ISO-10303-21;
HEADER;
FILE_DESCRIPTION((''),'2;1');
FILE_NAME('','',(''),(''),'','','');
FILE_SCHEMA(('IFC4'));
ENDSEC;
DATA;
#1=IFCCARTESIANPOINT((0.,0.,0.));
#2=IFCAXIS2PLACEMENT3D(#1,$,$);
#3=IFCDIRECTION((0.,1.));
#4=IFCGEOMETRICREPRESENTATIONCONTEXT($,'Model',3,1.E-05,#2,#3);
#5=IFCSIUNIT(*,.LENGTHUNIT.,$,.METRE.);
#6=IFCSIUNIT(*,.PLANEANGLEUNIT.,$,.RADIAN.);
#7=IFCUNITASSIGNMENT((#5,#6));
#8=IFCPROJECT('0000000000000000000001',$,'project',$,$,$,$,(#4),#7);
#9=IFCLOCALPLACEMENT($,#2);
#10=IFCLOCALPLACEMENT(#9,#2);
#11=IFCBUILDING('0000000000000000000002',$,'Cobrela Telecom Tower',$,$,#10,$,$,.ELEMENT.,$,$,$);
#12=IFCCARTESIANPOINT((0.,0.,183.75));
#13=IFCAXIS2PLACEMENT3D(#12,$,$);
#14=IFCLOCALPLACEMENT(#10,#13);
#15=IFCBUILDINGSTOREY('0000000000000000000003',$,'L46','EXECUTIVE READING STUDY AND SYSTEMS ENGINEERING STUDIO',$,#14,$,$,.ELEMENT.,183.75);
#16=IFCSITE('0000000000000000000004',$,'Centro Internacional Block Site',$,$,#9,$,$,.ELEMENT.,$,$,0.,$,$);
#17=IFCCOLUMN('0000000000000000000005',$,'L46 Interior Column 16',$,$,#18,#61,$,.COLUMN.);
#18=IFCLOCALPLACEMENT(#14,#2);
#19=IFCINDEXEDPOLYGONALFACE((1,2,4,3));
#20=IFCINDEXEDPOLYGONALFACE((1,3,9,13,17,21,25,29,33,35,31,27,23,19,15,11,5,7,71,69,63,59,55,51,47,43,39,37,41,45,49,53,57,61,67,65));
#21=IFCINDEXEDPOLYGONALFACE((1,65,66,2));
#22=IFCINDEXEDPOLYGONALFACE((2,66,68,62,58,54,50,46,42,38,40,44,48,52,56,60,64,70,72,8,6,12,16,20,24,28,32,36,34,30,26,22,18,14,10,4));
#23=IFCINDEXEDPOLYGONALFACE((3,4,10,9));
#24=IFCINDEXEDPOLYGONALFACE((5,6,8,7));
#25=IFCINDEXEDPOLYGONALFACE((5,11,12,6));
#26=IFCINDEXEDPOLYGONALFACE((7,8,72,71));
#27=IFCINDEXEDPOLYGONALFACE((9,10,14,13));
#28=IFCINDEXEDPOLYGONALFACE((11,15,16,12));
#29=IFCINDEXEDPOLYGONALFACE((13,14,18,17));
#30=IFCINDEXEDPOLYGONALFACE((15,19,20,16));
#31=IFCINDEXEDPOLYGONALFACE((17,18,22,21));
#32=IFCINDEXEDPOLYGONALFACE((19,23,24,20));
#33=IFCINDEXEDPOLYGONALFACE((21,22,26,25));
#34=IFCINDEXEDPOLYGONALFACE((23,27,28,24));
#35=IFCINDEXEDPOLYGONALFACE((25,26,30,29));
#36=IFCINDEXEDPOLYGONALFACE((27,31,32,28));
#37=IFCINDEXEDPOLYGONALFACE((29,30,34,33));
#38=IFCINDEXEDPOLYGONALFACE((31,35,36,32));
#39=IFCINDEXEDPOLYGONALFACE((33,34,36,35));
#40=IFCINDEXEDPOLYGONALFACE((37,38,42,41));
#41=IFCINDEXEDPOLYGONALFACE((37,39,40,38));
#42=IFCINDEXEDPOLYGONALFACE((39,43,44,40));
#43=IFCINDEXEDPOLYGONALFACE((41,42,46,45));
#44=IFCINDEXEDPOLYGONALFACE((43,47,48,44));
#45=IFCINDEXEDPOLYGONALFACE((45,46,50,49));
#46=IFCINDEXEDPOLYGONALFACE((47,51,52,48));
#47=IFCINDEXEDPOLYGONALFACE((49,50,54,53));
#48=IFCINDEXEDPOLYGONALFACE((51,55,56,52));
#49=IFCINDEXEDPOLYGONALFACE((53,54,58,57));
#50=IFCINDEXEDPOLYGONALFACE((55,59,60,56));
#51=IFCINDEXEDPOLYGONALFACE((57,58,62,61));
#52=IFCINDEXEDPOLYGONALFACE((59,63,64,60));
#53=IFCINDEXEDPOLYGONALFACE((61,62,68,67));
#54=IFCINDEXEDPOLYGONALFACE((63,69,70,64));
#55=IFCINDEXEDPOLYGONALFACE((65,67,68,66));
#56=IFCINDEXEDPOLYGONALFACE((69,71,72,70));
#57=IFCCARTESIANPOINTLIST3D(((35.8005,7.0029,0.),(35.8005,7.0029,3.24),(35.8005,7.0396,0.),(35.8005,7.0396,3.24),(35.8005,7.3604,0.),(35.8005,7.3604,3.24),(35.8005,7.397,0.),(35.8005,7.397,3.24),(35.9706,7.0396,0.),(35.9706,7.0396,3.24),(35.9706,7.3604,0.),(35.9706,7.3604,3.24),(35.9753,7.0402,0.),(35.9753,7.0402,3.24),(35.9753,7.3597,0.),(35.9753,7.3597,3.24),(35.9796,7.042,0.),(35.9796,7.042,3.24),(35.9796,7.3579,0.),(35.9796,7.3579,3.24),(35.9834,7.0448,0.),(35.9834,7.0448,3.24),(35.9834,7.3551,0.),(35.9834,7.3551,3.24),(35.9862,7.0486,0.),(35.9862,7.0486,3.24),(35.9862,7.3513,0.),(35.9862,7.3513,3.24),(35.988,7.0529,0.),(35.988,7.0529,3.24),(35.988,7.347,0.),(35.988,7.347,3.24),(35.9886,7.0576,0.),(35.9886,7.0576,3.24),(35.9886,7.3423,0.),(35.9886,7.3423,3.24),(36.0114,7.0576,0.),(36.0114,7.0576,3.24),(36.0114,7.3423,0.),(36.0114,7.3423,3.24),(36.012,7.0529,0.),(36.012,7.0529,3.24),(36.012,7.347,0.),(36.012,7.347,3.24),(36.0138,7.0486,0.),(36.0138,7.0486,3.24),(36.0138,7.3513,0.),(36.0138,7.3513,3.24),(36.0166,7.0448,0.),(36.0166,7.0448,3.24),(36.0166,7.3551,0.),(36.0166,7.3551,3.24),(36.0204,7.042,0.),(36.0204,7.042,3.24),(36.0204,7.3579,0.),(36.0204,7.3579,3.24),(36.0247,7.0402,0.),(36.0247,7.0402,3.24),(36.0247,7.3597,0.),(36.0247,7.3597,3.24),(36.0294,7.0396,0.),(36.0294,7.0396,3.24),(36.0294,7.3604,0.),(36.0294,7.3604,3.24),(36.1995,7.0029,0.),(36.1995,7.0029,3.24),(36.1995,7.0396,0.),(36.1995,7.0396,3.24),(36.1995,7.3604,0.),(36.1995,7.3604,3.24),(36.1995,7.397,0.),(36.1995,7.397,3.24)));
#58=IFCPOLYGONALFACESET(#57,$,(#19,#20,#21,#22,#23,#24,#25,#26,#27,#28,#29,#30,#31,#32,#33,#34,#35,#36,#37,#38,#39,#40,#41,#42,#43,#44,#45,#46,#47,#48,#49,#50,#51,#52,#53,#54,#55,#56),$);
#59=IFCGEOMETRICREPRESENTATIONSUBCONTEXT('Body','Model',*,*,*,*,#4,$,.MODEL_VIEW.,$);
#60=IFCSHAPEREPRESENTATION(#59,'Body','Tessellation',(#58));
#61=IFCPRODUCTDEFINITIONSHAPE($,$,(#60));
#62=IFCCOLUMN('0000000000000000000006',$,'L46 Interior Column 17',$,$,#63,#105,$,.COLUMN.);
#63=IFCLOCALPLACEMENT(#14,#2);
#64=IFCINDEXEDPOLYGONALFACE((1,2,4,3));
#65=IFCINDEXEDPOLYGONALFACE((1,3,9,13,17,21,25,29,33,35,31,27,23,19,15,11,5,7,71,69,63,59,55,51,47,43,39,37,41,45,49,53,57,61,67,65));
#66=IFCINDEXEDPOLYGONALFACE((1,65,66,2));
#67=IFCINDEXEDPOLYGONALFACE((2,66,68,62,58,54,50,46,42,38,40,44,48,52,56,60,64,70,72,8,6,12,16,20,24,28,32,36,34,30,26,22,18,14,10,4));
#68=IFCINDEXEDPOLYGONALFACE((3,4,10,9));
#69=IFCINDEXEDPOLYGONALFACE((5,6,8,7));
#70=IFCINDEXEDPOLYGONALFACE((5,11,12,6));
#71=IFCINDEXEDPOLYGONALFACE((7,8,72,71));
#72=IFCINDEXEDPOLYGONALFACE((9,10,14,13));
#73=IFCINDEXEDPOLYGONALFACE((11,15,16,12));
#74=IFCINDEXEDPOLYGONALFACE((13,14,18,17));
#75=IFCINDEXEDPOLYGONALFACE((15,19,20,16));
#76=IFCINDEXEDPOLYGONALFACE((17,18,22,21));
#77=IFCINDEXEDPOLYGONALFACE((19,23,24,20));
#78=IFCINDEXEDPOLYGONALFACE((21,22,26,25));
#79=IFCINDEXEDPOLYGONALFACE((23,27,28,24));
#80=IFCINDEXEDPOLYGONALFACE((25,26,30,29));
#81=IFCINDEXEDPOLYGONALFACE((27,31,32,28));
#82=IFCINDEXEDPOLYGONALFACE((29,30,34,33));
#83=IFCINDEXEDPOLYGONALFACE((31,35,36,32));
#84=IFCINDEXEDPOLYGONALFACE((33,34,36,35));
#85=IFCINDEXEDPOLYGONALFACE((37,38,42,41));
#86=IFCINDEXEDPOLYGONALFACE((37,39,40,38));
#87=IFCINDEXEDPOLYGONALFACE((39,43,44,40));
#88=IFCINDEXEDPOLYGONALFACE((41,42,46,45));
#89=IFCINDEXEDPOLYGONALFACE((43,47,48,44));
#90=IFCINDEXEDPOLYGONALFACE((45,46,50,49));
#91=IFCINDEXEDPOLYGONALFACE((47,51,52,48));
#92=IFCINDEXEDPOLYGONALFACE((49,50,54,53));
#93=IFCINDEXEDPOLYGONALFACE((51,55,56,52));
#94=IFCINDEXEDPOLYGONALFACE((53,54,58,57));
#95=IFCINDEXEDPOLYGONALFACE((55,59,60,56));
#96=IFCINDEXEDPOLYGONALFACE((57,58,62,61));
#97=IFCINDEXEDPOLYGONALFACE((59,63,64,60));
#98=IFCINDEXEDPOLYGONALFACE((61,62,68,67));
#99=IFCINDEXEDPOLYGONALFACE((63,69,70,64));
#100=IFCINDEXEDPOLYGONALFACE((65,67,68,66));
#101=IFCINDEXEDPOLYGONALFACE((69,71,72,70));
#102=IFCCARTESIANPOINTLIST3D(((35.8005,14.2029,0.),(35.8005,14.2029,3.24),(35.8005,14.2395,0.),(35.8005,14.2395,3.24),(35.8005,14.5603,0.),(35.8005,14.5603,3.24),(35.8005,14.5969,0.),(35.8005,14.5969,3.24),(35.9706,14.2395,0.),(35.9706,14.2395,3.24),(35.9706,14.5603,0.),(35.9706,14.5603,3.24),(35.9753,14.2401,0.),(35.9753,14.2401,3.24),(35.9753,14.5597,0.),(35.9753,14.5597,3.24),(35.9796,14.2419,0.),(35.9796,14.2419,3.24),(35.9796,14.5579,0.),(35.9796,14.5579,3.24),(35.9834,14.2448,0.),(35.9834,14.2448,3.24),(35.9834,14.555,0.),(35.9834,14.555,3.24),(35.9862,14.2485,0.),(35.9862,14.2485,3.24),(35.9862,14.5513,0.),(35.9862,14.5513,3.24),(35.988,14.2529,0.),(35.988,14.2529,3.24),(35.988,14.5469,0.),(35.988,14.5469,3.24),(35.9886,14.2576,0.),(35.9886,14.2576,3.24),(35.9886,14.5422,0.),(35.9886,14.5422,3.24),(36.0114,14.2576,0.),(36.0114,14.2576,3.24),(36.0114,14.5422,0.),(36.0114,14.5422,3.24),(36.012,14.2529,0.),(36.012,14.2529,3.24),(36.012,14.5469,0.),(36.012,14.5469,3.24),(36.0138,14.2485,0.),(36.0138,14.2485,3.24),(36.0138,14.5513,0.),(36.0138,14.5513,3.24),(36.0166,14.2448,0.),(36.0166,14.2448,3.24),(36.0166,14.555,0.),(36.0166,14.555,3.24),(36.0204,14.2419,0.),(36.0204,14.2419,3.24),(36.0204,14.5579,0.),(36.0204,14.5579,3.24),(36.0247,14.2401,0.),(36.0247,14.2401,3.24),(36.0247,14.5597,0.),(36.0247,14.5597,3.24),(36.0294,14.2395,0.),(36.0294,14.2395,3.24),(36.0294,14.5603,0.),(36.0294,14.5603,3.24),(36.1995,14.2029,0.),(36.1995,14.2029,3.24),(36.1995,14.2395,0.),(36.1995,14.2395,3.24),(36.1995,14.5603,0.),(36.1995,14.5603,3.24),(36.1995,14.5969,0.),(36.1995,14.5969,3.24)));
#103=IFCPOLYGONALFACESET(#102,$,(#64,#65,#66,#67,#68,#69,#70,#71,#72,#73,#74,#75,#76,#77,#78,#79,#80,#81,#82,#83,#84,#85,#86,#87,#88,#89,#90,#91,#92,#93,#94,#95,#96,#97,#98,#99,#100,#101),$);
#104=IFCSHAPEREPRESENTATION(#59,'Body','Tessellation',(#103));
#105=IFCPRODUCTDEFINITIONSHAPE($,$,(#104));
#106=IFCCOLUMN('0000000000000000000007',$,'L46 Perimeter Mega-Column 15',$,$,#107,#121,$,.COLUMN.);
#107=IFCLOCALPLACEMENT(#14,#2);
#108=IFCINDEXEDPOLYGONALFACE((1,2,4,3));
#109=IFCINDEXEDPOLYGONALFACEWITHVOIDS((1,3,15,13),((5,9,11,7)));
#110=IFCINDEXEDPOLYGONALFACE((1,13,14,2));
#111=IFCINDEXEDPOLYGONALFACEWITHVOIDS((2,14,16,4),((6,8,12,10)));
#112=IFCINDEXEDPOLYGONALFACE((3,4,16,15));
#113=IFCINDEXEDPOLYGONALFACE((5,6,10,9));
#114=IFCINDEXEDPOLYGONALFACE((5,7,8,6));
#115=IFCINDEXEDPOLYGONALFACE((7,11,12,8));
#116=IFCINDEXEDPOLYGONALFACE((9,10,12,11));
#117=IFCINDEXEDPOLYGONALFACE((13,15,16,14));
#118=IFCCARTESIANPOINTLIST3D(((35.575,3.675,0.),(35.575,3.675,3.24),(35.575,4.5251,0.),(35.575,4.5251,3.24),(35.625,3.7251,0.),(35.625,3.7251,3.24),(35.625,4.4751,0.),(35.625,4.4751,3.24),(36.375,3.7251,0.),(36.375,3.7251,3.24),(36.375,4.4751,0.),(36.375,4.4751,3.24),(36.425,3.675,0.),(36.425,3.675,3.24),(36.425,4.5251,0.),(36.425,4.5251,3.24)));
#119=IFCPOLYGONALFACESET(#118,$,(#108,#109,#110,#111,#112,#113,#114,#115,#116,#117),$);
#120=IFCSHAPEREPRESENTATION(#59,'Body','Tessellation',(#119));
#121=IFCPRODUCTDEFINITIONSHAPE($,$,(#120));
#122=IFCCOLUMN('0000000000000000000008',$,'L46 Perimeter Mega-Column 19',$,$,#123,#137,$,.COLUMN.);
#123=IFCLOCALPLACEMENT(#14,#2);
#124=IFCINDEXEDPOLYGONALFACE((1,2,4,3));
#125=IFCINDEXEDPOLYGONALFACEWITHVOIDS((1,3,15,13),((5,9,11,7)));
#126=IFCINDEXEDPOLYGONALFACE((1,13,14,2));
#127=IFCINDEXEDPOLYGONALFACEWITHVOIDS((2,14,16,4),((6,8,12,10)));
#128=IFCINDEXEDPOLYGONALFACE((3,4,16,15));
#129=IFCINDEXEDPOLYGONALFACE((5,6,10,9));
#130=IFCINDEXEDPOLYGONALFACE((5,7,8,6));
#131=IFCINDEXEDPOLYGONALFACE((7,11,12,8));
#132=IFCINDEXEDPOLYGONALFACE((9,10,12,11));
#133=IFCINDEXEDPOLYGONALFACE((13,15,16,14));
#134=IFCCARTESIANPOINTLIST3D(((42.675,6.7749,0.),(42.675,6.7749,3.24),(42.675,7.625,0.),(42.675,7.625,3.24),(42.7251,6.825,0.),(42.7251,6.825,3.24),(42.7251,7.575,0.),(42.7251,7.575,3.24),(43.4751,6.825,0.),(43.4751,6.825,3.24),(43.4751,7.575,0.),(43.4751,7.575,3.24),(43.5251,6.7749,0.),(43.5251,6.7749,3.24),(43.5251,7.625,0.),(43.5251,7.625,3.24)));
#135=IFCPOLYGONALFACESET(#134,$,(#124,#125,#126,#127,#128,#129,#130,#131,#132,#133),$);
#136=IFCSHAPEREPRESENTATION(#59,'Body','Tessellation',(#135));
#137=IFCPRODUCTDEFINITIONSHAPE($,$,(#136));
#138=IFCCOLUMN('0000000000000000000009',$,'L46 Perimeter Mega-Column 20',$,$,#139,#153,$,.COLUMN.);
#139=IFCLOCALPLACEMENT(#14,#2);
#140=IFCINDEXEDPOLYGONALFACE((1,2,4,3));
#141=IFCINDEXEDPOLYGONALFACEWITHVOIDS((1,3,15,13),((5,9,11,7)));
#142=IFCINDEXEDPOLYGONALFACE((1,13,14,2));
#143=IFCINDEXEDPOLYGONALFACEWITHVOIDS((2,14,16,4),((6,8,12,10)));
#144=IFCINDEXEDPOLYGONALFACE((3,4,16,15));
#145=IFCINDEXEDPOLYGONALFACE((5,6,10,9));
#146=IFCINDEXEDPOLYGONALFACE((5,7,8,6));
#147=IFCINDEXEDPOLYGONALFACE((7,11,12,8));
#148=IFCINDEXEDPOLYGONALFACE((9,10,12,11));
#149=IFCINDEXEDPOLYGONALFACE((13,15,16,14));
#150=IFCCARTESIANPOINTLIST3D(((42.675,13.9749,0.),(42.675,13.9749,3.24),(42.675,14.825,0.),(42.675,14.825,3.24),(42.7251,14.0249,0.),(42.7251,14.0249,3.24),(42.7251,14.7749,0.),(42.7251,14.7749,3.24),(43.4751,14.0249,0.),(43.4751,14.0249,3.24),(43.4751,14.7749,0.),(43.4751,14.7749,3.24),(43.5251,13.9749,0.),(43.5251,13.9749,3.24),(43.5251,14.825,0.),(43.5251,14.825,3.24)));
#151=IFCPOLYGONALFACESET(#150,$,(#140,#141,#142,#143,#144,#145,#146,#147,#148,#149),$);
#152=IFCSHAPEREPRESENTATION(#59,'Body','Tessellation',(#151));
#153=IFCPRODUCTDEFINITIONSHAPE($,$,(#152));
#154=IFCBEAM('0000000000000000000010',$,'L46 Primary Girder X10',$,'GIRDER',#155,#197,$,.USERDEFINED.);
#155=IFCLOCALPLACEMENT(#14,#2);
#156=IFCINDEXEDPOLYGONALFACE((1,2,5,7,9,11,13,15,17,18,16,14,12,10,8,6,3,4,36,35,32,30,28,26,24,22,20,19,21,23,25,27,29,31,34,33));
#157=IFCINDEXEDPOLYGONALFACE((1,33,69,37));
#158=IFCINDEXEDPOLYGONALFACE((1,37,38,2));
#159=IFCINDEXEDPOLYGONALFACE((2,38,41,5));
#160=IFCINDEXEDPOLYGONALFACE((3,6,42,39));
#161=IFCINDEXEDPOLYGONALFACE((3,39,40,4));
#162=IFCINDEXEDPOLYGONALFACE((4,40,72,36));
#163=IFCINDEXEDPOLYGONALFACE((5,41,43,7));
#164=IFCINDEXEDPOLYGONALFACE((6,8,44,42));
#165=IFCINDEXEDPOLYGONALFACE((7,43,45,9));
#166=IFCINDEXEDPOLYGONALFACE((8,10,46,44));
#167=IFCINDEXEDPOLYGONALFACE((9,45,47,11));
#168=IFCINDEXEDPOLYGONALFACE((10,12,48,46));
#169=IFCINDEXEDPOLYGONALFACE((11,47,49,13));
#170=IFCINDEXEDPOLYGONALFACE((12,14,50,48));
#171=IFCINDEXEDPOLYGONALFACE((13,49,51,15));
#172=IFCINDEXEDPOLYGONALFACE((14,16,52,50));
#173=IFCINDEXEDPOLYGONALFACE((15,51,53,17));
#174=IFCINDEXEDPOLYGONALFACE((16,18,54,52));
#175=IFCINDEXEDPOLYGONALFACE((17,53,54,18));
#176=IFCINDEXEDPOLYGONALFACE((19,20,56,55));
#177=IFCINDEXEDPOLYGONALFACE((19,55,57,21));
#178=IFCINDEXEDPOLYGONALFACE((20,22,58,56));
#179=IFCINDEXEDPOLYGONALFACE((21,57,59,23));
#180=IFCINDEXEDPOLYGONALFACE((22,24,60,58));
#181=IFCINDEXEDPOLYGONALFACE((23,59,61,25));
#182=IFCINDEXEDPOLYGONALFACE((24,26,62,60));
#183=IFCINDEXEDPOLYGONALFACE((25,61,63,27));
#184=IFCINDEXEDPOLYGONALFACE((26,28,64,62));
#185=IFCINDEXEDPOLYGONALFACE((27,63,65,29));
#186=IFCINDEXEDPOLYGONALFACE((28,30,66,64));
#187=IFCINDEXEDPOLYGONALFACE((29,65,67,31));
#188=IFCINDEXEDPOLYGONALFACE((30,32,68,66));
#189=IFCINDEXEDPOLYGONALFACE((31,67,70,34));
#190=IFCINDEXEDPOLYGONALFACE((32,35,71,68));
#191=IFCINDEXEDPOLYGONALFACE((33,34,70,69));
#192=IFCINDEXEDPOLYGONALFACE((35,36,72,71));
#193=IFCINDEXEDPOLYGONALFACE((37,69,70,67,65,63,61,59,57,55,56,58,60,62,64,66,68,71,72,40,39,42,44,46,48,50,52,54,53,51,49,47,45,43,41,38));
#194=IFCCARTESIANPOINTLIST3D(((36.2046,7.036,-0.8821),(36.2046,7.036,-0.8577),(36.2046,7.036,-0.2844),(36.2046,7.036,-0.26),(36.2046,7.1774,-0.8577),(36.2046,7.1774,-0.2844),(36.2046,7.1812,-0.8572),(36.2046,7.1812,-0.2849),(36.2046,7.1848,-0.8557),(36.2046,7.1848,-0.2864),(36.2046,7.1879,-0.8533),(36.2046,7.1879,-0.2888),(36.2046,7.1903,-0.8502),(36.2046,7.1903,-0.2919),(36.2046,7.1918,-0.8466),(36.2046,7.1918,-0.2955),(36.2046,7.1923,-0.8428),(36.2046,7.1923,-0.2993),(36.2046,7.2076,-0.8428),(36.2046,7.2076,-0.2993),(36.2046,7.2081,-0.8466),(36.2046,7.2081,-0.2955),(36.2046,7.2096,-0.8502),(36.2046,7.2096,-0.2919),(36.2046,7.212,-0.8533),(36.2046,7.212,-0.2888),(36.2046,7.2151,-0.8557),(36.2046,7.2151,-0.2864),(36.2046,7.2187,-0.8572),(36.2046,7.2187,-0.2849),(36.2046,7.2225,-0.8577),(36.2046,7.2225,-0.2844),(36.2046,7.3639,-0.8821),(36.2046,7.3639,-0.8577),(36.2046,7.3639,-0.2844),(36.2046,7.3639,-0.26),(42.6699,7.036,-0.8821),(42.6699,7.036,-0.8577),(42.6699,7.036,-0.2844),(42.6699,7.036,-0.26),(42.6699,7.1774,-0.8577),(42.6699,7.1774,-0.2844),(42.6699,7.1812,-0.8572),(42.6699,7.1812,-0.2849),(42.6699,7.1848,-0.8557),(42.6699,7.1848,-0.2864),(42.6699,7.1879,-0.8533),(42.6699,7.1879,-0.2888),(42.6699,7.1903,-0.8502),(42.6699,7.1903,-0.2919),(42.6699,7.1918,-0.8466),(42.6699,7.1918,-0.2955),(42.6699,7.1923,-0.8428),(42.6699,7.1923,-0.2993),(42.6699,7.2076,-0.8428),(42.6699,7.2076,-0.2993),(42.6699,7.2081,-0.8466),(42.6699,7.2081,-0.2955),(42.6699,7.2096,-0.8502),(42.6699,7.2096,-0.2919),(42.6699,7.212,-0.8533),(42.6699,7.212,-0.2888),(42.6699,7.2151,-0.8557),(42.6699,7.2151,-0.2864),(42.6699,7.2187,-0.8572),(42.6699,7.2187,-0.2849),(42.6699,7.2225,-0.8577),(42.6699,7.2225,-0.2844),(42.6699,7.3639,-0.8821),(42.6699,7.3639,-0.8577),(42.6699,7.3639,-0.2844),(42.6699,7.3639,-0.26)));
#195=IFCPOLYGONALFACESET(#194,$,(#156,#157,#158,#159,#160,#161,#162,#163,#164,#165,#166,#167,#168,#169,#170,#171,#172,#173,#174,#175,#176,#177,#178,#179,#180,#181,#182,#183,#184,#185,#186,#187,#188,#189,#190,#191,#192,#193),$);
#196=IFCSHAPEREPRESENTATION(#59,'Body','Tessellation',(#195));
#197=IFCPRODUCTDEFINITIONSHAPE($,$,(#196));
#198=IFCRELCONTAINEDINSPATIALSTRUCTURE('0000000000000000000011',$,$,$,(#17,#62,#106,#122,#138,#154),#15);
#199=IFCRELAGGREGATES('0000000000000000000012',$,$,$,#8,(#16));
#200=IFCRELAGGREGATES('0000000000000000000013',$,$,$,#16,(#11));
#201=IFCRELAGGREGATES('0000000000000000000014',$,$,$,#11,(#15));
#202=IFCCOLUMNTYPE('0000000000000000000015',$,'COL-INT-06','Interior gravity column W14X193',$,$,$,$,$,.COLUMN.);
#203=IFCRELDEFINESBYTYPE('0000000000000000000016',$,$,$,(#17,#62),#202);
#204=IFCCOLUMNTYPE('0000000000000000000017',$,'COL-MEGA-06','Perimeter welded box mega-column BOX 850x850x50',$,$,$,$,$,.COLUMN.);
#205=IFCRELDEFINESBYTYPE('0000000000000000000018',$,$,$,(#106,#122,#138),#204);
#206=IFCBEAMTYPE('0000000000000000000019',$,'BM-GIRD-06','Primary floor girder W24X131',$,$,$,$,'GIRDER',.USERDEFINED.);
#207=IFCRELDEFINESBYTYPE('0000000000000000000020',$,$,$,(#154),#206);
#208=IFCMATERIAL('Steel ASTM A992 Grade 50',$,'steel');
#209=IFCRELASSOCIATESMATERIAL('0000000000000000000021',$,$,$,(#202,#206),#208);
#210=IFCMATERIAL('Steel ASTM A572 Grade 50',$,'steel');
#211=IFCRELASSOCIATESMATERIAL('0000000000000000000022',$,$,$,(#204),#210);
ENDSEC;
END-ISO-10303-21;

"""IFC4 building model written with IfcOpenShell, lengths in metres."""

from ifc_helpers import new_model, si_unit, direction, frame, origin, origin_2d, place, context, subcontext, project, spatial, hollow_rectangle, i_section, extrude, material, material_profile, profile_set, type_object, element, save


model = new_model("IFC4")

# Units and contexts
model_context = context("Model", 3, precision=1e-05, world=origin(), true_north=direction((0.0, 1.0)))
body_context = subcontext(model_context, "Body", "Model", "MODEL_VIEW")
ifc_project = project(units=[si_unit("LENGTHUNIT", "METRE"), si_unit("PLANEANGLEUNIT", "RADIAN")], contexts=[model_context])

# Site, building, storey
site_placement = place(None, origin())
site = spatial("IfcSite", under=ifc_project, at=site_placement, Name="Centro Internacional Block Site", CompositionType="ELEMENT", RefElevation=0.0)
building_placement = place(site_placement, origin())
building = spatial("IfcBuilding", under=site, at=building_placement, Name="Cobrela Telecom Tower", CompositionType="ELEMENT")
storey_placement = place(building_placement, frame((0.0, 0.0, 183.75)))
storey = spatial("IfcBuildingStorey", under=building, at=storey_placement, Name="L46", Description="EXECUTIVE READING STUDY AND SYSTEMS ENGINEERING STUDIO", CompositionType="ELEMENT", Elevation=183.75)

# Columns
ifc_material_1 = material(Name="Steel ASTM A992 Grade 50", Category="steel")
ifc_material_profile_1 = material_profile(ifc_material_1, i_section(OverallWidth=0.3989, OverallDepth=0.394, WebThickness=0.0227, FlangeThickness=0.0366, FilletRadius=0.0181, at=origin_2d()), Name="W14X193")
ifc_profile_set_1 = profile_set([ifc_material_profile_1], Name="Steel ASTM A992 Grade 50")
column_type_1 = type_object("IfcColumnType", Name="COL-INT-06", Description="Interior gravity column W14X193", PredefinedType="COLUMN", material=ifc_profile_set_1)
for number, where, z_axis, x_axis, name in (
    (1, (36.0, 7.2, 0.0), (0.0, 0.0, 1.0), (1.0, 0.0, 0.0), "L46 Interior Column 16"),
    (2, (36.0, 14.3999, 0.0), (0.0, 0.0, 1.0), (1.0, 0.0, 0.0), "L46 Interior Column 17"),
):
    element("IfcColumn", number, at=place(storey_placement, frame(where, z_axis=z_axis, x_axis=x_axis)), inside=storey, type_object=column_type_1, Name=name, PredefinedType="COLUMN", context=body_context, shape_type="SweptSolid", body=[
        extrude(i_section(OverallWidth=0.3989, OverallDepth=0.394, WebThickness=0.0227, FlangeThickness=0.0366, FilletRadius=0.0181, at=origin_2d()), origin(), (0.0, 0.0, 1.0), 3.24),
    ])
ifc_material_2 = material(Name="Steel ASTM A572 Grade 50", Category="steel")
ifc_material_profile_2 = material_profile(ifc_material_2, hollow_rectangle(XDim=0.8501, YDim=0.8501, WallThickness=0.05, at=origin_2d()), Name="BOX 850x850x50")
ifc_profile_set_2 = profile_set([ifc_material_profile_2], Name="Steel ASTM A572 Grade 50")
column_type_2 = type_object("IfcColumnType", Name="COL-MEGA-06", Description="Perimeter welded box mega-column BOX 850x850x50", PredefinedType="COLUMN", material=ifc_profile_set_2)
for number, where, z_axis, x_axis, name in (
    (3, (36.0, 4.1001, 0.0), (0.0, 0.0, 1.0), (1.0, 0.0, 0.0), "L46 Perimeter Mega-Column 15"),
    (4, (43.1001, 7.2, 0.0), (0.0, 0.0, 1.0), (1.0, 0.0, 0.0), "L46 Perimeter Mega-Column 19"),
    (5, (43.1001, 14.3999, 0.0), (0.0, 0.0, 1.0), (1.0, 0.0, 0.0), "L46 Perimeter Mega-Column 20"),
):
    element("IfcColumn", number, at=place(storey_placement, frame(where, z_axis=z_axis, x_axis=x_axis)), inside=storey, type_object=column_type_2, Name=name, PredefinedType="COLUMN", context=body_context, shape_type="SweptSolid", body=[
        extrude(hollow_rectangle(XDim=0.8501, YDim=0.8501, WallThickness=0.05, at=origin_2d()), origin(), (0.0, 0.0, 1.0), 3.24),
    ])

# Beam
ifc_material_profile_3 = material_profile(ifc_material_1, i_section(OverallWidth=0.3279, OverallDepth=0.6221, WebThickness=0.0154, FlangeThickness=0.0244, FilletRadius=0.0149, at=origin_2d()), Name="W24X131")
ifc_profile_set_3 = profile_set([ifc_material_profile_3], Name="Steel ASTM A992 Grade 50")
beam_type_1 = type_object("IfcBeamType", Name="BM-GIRD-06", Description="Primary floor girder W24X131", ElementType="GIRDER", PredefinedType="USERDEFINED", material=ifc_profile_set_3)
for number, where, z_axis, x_axis, name in (
    (6, (36.2046, 7.2, -0.571), (1.0, 0.0, 0.0), (0.0, 1.0, 0.0), "L46 Primary Girder X10"),
):
    element("IfcBeam", number, at=place(storey_placement, frame(where, z_axis=z_axis, x_axis=x_axis)), inside=storey, type_object=beam_type_1, Name=name, ObjectType="GIRDER", PredefinedType="USERDEFINED", context=body_context, shape_type="SweptSolid", body=[
        extrude(i_section(OverallWidth=0.3279, OverallDepth=0.6221, WebThickness=0.0154, FlangeThickness=0.0244, FilletRadius=0.0149, at=origin_2d()), origin(), (0.0, 0.0, 1.0), 6.4653),
    ])

save(model, "model.ifc")
